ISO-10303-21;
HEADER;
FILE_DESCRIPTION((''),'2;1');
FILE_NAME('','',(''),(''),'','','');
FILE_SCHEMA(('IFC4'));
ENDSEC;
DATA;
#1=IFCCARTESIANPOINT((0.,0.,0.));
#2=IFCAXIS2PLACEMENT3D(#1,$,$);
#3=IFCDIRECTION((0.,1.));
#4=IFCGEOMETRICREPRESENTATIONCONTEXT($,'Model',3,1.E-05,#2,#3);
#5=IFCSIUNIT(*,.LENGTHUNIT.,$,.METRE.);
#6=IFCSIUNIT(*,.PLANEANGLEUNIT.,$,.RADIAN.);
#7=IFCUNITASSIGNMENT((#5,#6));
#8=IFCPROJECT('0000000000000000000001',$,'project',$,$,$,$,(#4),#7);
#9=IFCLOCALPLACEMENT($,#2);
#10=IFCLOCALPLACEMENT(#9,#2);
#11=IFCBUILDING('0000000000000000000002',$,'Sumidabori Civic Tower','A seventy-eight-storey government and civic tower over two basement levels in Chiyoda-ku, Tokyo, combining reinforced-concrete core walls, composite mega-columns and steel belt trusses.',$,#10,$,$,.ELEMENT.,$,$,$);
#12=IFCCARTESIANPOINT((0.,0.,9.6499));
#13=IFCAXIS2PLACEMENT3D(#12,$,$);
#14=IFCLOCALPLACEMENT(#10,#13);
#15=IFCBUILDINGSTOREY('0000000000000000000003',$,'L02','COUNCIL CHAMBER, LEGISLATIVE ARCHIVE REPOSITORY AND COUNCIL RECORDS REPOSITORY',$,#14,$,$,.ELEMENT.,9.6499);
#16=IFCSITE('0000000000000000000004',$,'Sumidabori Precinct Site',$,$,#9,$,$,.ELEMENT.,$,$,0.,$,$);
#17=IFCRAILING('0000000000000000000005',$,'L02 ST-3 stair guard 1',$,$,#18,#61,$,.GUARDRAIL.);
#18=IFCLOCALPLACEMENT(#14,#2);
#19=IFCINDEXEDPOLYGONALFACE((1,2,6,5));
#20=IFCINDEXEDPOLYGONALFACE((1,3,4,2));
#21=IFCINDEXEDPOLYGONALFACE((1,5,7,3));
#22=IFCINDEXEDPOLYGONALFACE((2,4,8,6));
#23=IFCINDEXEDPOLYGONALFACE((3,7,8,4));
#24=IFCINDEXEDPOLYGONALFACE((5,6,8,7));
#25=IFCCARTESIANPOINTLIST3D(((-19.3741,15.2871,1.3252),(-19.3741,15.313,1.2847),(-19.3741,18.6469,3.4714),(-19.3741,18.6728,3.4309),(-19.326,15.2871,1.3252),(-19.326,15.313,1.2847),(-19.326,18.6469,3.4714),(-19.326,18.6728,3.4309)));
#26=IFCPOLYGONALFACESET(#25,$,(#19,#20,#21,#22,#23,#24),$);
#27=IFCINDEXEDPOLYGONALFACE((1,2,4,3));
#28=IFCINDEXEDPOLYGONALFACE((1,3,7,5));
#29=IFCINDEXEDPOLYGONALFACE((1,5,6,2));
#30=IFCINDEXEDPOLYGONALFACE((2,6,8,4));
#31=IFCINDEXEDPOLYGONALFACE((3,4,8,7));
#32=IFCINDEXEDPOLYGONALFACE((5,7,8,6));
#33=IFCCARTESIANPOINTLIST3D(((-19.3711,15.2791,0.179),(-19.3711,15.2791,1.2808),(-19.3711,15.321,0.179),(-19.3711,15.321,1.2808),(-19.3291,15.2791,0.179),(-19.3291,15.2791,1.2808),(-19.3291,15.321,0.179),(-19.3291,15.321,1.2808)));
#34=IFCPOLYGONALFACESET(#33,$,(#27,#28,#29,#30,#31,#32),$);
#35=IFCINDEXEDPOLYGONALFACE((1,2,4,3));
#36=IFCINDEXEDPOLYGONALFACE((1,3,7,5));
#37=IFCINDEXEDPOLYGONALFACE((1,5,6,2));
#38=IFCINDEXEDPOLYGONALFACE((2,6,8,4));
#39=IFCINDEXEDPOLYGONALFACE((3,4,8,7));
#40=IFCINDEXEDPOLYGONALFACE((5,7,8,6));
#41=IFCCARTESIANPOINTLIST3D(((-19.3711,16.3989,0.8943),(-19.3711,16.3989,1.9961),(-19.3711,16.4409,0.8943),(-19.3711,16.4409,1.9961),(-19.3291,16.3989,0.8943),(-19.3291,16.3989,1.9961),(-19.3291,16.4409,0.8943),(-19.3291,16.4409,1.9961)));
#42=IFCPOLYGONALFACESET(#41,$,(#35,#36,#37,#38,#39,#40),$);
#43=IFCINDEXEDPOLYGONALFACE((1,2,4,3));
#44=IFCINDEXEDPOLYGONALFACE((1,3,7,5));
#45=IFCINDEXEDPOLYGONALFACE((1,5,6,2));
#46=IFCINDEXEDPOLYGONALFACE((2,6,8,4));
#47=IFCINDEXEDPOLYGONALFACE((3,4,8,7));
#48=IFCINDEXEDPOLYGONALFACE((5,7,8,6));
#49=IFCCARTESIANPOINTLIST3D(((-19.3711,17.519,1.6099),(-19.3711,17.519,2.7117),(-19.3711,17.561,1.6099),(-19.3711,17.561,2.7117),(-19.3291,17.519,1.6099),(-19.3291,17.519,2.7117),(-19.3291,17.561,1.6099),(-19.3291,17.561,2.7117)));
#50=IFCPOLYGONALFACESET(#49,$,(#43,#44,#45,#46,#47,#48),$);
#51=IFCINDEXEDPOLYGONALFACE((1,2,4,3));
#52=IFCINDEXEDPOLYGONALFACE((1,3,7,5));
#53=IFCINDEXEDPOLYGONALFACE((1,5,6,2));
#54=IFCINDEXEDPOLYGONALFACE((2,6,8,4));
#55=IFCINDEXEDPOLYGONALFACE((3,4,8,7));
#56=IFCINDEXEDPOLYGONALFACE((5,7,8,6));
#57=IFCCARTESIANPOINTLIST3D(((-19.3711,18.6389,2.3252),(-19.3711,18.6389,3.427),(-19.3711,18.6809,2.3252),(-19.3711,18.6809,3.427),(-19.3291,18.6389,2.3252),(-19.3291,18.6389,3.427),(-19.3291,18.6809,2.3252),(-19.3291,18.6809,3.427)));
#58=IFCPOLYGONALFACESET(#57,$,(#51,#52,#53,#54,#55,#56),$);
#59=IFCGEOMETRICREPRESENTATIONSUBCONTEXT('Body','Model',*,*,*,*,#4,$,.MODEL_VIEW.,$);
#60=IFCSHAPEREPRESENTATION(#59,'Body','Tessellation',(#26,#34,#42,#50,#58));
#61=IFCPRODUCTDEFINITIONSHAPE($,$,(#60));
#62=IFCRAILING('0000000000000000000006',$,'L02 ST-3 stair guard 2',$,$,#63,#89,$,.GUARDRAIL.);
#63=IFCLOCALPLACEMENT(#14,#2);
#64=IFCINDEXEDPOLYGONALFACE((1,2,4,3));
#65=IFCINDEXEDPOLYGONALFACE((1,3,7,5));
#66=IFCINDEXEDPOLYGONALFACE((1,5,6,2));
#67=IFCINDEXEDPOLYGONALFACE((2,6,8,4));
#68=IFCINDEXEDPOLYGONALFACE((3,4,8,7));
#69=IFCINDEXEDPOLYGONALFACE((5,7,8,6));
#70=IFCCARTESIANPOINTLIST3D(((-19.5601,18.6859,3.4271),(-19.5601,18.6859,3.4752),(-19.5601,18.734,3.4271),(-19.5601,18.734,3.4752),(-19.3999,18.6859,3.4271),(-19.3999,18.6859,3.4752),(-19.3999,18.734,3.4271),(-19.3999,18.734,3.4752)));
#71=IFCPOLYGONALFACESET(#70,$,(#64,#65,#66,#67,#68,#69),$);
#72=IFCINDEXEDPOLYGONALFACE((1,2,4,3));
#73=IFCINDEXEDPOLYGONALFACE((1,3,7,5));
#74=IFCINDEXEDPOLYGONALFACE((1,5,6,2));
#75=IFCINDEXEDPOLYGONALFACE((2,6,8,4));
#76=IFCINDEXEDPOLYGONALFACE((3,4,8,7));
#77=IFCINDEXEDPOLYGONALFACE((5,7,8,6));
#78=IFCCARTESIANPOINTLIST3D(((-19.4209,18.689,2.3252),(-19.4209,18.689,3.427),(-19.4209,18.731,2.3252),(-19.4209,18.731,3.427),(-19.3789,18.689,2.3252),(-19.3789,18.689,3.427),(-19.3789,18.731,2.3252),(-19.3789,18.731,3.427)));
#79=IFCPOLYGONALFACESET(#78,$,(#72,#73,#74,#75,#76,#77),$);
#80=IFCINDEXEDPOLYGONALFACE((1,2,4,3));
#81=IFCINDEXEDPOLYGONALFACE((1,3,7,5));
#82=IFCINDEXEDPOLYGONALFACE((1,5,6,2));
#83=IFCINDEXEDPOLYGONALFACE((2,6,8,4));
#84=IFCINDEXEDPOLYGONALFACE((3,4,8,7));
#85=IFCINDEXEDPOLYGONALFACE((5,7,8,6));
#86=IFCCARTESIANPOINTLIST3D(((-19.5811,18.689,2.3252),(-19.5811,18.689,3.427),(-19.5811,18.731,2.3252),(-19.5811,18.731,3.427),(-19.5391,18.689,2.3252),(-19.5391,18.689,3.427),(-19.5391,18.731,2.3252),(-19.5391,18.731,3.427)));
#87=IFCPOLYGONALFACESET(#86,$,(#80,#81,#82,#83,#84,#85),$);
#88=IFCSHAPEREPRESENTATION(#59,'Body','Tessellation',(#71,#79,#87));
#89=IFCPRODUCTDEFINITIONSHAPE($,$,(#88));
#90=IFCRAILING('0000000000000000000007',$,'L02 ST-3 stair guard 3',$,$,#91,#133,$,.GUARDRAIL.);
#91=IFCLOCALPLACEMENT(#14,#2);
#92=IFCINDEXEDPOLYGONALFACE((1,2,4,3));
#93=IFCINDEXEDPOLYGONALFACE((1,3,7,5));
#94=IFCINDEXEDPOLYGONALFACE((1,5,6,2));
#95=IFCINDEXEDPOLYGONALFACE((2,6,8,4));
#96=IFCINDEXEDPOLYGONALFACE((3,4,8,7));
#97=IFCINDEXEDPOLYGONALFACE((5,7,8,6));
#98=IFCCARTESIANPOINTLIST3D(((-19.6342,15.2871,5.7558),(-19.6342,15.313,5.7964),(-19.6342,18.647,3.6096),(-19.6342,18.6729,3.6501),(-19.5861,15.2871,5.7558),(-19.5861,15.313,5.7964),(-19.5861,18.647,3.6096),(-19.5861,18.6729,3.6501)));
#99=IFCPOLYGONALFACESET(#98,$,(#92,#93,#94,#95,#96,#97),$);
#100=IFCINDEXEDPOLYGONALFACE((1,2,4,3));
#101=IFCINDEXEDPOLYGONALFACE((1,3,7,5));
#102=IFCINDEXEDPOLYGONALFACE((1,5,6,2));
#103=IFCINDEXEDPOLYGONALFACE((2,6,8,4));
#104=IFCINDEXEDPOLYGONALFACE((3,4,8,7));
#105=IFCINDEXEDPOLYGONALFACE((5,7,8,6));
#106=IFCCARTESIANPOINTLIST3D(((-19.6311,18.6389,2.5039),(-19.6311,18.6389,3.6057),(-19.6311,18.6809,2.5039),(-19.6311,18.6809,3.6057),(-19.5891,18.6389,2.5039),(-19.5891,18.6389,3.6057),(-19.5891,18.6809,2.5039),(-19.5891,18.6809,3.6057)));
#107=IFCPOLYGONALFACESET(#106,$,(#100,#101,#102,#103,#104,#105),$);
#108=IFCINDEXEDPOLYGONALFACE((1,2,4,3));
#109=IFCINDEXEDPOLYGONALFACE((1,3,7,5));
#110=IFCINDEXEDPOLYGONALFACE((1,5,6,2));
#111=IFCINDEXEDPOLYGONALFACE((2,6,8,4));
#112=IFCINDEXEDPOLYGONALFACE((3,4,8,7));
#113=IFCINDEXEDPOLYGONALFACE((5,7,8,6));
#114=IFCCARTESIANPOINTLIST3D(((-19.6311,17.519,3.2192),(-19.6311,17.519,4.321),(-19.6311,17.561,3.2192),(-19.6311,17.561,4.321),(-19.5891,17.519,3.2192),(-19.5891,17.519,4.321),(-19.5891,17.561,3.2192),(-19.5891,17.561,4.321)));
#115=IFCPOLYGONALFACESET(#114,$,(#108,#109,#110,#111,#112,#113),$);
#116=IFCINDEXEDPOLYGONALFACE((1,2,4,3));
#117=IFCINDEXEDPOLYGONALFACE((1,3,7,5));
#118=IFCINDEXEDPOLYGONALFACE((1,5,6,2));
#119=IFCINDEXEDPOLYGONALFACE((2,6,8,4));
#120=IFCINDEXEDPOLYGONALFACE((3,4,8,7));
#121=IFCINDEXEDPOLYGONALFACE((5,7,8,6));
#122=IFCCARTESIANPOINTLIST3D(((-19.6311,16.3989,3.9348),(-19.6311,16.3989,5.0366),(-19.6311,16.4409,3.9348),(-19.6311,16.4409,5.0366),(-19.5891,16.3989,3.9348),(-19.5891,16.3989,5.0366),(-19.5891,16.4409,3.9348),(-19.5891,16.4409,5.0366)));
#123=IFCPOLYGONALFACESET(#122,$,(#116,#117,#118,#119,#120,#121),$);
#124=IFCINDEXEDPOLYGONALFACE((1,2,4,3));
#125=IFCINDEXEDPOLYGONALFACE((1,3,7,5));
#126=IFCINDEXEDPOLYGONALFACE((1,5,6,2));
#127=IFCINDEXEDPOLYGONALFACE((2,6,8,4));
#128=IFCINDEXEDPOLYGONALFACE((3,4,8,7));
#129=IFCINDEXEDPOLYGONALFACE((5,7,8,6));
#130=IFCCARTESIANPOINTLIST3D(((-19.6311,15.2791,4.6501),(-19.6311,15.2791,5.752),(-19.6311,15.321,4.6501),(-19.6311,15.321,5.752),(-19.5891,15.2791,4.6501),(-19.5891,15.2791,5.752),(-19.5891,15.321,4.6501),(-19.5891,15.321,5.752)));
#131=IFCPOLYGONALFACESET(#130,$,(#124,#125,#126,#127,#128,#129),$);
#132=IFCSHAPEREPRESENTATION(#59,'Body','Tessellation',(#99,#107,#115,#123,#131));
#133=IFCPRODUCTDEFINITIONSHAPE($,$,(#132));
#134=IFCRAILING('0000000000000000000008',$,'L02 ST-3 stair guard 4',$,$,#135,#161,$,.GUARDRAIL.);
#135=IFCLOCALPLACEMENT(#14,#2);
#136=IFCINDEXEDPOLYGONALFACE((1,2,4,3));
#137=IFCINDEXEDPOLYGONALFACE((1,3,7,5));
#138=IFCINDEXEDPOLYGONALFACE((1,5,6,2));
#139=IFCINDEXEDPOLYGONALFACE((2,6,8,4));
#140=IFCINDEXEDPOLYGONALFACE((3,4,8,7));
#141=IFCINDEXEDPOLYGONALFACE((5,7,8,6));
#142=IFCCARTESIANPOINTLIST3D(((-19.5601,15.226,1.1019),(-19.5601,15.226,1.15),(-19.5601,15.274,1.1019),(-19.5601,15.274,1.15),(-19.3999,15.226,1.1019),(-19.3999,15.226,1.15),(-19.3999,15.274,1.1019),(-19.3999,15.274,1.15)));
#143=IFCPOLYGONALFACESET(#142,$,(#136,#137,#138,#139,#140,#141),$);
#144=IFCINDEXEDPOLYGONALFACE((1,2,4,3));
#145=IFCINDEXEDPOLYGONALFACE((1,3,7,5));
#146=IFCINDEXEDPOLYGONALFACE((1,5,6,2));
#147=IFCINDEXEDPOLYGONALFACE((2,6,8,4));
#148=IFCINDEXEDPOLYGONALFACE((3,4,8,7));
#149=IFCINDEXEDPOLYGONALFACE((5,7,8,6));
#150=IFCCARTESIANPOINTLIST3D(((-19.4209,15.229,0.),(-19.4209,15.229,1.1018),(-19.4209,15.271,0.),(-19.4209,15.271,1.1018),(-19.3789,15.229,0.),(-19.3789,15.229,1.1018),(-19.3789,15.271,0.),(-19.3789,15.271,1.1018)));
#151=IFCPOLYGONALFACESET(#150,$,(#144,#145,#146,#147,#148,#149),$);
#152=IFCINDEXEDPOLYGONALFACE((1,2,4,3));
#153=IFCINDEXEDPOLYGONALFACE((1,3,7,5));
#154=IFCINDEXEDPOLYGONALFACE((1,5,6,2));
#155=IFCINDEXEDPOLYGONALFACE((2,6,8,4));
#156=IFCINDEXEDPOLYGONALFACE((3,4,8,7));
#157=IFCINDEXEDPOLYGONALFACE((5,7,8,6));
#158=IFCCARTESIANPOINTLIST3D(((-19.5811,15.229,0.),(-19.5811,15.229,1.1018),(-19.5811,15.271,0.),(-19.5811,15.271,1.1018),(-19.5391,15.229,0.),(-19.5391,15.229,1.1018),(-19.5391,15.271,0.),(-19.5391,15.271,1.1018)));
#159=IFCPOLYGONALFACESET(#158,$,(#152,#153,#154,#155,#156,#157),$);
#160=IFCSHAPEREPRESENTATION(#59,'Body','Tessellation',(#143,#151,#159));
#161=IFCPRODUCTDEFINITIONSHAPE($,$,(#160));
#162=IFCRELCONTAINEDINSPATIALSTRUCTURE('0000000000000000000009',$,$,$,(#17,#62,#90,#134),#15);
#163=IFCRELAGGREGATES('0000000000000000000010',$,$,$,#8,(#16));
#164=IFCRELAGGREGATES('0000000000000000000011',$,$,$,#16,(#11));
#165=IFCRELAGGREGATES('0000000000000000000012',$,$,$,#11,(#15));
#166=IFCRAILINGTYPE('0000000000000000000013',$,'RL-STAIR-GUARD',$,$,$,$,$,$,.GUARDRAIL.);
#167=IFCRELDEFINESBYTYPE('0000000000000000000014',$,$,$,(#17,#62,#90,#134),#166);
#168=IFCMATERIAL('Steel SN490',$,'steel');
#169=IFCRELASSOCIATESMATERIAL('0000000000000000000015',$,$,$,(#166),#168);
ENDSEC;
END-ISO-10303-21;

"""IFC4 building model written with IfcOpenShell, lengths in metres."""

from ifc_helpers import new_model, si_unit, direction, frame, origin, origin_2d, place, context, subcontext, project, spatial, rectangle, extrude, material, type_object, element, save


model = new_model("IFC4")

# Units and contexts
model_context = context("Model", 3, precision=1e-05, world=origin(), true_north=direction((0.0, 1.0)))
body_context = subcontext(model_context, "Body", "Model", "MODEL_VIEW")
ifc_project = project(units=[si_unit("LENGTHUNIT", "METRE"), si_unit("PLANEANGLEUNIT", "RADIAN")], contexts=[model_context])

# Site, building, storey
site_placement = place(None, origin())
site = spatial("IfcSite", under=ifc_project, at=site_placement, Name="Sumidabori Precinct Site", CompositionType="ELEMENT", RefElevation=0.0)
building_placement = place(site_placement, origin())
building = spatial("IfcBuilding", under=site, at=building_placement, Name="Sumidabori Civic Tower", Description="A seventy-eight-storey government and civic tower over two basement levels in Chiyoda-ku, Tokyo, combining reinforced-concrete core walls, composite mega-columns and steel belt trusses.", CompositionType="ELEMENT")
storey_placement = place(building_placement, frame((0.0, 0.0, 9.6499)))
storey = spatial("IfcBuildingStorey", under=building, at=storey_placement, Name="L02", Description="COUNCIL CHAMBER, LEGISLATIVE ARCHIVE REPOSITORY AND COUNCIL RECORDS REPOSITORY", CompositionType="ELEMENT", Elevation=9.6499)

# Shared definitions
ifc_material_1 = material(Name="Steel SN490", Category="steel")

# Railings
railing_type_1 = type_object("IfcRailingType", Name="RL-STAIR-GUARD", PredefinedType="GUARDRAIL", material=ifc_material_1)
railing_1_placement = place(storey_placement, frame((-19.3501, 15.3, 0.179)))
element("IfcRailing", 1, at=railing_1_placement, inside=storey, type_object=railing_type_1, Name="L02 ST-3 stair guard 1", PredefinedType="GUARDRAIL", context=body_context, shape_type="SweptSolid", body=[
    extrude(rectangle(XDim=0.0481, YDim=0.0481, at=origin_2d()), frame((0.0, 0.0, 1.126), z_axis=(0.0, 0.842735, 0.538329), x_axis=(-1.0, 0.0, 0.0)), (0.0, 0.0, 1.0), 3.9868),
    extrude(rectangle(XDim=0.042, YDim=0.042, at=origin_2d()), origin(), (0.0, 0.0, 1.0), 1.1018),
    extrude(rectangle(XDim=0.042, YDim=0.042, at=origin_2d()), frame((0.0, 1.1199, 0.7153)), (0.0, 0.0, 1.0), 1.1018),
    extrude(rectangle(XDim=0.042, YDim=0.042, at=origin_2d()), frame((0.0, 2.24, 1.4309)), (0.0, 0.0, 1.0), 1.1018),
    extrude(rectangle(XDim=0.042, YDim=0.042, at=origin_2d()), frame((0.0, 3.3599, 2.1462)), (0.0, 0.0, 1.0), 1.1018),
])
railing_2_placement = place(storey_placement, frame((-19.3999, 18.71, 2.3252)))
element("IfcRailing", 2, at=railing_2_placement, inside=storey, type_object=railing_type_1, Name="L02 ST-3 stair guard 2", PredefinedType="GUARDRAIL", context=body_context, shape_type="SweptSolid", body=[
    extrude(rectangle(XDim=0.0481, YDim=0.0481, at=origin_2d()), frame((0.0, 0.0, 1.126), z_axis=(-1.0, 0.0, 0.0), x_axis=(0.0, -1.0, 0.0)), (0.0, 0.0, 1.0), 0.1602),
    extrude(rectangle(XDim=0.042, YDim=0.042, at=origin_2d()), origin(), (0.0, 0.0, 1.0), 1.1018),
    extrude(rectangle(XDim=0.042, YDim=0.042, at=origin_2d()), frame((-0.1602, 0.0, 0.0)), (0.0, 0.0, 1.0), 1.1018),
])
railing_3_placement = place(storey_placement, frame((-19.6101, 18.6599, 2.5039)))
element("IfcRailing", 3, at=railing_3_placement, inside=storey, type_object=railing_type_1, Name="L02 ST-3 stair guard 3", PredefinedType="GUARDRAIL", context=body_context, shape_type="SweptSolid", body=[
    extrude(rectangle(XDim=0.0481, YDim=0.0481, at=origin_2d()), frame((0.0, 0.0, 1.126), z_axis=(0.0, -0.842735, 0.538329), x_axis=(1.0, 0.0, 0.0)), (0.0, 0.0, 1.0), 3.9868),
    extrude(rectangle(XDim=0.042, YDim=0.042, at=origin_2d()), origin(), (0.0, 0.0, 1.0), 1.1018),
    extrude(rectangle(XDim=0.042, YDim=0.042, at=origin_2d()), frame((0.0, -1.1199, 0.7153)), (0.0, 0.0, 1.0), 1.1018),
    extrude(rectangle(XDim=0.042, YDim=0.042, at=origin_2d()), frame((0.0, -2.24, 1.4309)), (0.0, 0.0, 1.0), 1.1018),
    extrude(rectangle(XDim=0.042, YDim=0.042, at=origin_2d()), frame((0.0, -3.3599, 2.1462)), (0.0, 0.0, 1.0), 1.1018),
])
railing_4_placement = place(storey_placement, frame((-19.3999, 15.25, 0.0)))
element("IfcRailing", 4, at=railing_4_placement, inside=storey, type_object=railing_type_1, Name="L02 ST-3 stair guard 4", PredefinedType="GUARDRAIL", context=body_context, shape_type="SweptSolid", body=[
    extrude(rectangle(XDim=0.0481, YDim=0.0481, at=origin_2d()), frame((0.0, 0.0, 1.126), z_axis=(-1.0, 0.0, 0.0), x_axis=(0.0, -1.0, 0.0)), (0.0, 0.0, 1.0), 0.1602),
    extrude(rectangle(XDim=0.042, YDim=0.042, at=origin_2d()), origin(), (0.0, 0.0, 1.0), 1.1018),
    extrude(rectangle(XDim=0.042, YDim=0.042, at=origin_2d()), frame((-0.1602, 0.0, 0.0)), (0.0, 0.0, 1.0), 1.1018),
])

save(model, "model.ifc")
